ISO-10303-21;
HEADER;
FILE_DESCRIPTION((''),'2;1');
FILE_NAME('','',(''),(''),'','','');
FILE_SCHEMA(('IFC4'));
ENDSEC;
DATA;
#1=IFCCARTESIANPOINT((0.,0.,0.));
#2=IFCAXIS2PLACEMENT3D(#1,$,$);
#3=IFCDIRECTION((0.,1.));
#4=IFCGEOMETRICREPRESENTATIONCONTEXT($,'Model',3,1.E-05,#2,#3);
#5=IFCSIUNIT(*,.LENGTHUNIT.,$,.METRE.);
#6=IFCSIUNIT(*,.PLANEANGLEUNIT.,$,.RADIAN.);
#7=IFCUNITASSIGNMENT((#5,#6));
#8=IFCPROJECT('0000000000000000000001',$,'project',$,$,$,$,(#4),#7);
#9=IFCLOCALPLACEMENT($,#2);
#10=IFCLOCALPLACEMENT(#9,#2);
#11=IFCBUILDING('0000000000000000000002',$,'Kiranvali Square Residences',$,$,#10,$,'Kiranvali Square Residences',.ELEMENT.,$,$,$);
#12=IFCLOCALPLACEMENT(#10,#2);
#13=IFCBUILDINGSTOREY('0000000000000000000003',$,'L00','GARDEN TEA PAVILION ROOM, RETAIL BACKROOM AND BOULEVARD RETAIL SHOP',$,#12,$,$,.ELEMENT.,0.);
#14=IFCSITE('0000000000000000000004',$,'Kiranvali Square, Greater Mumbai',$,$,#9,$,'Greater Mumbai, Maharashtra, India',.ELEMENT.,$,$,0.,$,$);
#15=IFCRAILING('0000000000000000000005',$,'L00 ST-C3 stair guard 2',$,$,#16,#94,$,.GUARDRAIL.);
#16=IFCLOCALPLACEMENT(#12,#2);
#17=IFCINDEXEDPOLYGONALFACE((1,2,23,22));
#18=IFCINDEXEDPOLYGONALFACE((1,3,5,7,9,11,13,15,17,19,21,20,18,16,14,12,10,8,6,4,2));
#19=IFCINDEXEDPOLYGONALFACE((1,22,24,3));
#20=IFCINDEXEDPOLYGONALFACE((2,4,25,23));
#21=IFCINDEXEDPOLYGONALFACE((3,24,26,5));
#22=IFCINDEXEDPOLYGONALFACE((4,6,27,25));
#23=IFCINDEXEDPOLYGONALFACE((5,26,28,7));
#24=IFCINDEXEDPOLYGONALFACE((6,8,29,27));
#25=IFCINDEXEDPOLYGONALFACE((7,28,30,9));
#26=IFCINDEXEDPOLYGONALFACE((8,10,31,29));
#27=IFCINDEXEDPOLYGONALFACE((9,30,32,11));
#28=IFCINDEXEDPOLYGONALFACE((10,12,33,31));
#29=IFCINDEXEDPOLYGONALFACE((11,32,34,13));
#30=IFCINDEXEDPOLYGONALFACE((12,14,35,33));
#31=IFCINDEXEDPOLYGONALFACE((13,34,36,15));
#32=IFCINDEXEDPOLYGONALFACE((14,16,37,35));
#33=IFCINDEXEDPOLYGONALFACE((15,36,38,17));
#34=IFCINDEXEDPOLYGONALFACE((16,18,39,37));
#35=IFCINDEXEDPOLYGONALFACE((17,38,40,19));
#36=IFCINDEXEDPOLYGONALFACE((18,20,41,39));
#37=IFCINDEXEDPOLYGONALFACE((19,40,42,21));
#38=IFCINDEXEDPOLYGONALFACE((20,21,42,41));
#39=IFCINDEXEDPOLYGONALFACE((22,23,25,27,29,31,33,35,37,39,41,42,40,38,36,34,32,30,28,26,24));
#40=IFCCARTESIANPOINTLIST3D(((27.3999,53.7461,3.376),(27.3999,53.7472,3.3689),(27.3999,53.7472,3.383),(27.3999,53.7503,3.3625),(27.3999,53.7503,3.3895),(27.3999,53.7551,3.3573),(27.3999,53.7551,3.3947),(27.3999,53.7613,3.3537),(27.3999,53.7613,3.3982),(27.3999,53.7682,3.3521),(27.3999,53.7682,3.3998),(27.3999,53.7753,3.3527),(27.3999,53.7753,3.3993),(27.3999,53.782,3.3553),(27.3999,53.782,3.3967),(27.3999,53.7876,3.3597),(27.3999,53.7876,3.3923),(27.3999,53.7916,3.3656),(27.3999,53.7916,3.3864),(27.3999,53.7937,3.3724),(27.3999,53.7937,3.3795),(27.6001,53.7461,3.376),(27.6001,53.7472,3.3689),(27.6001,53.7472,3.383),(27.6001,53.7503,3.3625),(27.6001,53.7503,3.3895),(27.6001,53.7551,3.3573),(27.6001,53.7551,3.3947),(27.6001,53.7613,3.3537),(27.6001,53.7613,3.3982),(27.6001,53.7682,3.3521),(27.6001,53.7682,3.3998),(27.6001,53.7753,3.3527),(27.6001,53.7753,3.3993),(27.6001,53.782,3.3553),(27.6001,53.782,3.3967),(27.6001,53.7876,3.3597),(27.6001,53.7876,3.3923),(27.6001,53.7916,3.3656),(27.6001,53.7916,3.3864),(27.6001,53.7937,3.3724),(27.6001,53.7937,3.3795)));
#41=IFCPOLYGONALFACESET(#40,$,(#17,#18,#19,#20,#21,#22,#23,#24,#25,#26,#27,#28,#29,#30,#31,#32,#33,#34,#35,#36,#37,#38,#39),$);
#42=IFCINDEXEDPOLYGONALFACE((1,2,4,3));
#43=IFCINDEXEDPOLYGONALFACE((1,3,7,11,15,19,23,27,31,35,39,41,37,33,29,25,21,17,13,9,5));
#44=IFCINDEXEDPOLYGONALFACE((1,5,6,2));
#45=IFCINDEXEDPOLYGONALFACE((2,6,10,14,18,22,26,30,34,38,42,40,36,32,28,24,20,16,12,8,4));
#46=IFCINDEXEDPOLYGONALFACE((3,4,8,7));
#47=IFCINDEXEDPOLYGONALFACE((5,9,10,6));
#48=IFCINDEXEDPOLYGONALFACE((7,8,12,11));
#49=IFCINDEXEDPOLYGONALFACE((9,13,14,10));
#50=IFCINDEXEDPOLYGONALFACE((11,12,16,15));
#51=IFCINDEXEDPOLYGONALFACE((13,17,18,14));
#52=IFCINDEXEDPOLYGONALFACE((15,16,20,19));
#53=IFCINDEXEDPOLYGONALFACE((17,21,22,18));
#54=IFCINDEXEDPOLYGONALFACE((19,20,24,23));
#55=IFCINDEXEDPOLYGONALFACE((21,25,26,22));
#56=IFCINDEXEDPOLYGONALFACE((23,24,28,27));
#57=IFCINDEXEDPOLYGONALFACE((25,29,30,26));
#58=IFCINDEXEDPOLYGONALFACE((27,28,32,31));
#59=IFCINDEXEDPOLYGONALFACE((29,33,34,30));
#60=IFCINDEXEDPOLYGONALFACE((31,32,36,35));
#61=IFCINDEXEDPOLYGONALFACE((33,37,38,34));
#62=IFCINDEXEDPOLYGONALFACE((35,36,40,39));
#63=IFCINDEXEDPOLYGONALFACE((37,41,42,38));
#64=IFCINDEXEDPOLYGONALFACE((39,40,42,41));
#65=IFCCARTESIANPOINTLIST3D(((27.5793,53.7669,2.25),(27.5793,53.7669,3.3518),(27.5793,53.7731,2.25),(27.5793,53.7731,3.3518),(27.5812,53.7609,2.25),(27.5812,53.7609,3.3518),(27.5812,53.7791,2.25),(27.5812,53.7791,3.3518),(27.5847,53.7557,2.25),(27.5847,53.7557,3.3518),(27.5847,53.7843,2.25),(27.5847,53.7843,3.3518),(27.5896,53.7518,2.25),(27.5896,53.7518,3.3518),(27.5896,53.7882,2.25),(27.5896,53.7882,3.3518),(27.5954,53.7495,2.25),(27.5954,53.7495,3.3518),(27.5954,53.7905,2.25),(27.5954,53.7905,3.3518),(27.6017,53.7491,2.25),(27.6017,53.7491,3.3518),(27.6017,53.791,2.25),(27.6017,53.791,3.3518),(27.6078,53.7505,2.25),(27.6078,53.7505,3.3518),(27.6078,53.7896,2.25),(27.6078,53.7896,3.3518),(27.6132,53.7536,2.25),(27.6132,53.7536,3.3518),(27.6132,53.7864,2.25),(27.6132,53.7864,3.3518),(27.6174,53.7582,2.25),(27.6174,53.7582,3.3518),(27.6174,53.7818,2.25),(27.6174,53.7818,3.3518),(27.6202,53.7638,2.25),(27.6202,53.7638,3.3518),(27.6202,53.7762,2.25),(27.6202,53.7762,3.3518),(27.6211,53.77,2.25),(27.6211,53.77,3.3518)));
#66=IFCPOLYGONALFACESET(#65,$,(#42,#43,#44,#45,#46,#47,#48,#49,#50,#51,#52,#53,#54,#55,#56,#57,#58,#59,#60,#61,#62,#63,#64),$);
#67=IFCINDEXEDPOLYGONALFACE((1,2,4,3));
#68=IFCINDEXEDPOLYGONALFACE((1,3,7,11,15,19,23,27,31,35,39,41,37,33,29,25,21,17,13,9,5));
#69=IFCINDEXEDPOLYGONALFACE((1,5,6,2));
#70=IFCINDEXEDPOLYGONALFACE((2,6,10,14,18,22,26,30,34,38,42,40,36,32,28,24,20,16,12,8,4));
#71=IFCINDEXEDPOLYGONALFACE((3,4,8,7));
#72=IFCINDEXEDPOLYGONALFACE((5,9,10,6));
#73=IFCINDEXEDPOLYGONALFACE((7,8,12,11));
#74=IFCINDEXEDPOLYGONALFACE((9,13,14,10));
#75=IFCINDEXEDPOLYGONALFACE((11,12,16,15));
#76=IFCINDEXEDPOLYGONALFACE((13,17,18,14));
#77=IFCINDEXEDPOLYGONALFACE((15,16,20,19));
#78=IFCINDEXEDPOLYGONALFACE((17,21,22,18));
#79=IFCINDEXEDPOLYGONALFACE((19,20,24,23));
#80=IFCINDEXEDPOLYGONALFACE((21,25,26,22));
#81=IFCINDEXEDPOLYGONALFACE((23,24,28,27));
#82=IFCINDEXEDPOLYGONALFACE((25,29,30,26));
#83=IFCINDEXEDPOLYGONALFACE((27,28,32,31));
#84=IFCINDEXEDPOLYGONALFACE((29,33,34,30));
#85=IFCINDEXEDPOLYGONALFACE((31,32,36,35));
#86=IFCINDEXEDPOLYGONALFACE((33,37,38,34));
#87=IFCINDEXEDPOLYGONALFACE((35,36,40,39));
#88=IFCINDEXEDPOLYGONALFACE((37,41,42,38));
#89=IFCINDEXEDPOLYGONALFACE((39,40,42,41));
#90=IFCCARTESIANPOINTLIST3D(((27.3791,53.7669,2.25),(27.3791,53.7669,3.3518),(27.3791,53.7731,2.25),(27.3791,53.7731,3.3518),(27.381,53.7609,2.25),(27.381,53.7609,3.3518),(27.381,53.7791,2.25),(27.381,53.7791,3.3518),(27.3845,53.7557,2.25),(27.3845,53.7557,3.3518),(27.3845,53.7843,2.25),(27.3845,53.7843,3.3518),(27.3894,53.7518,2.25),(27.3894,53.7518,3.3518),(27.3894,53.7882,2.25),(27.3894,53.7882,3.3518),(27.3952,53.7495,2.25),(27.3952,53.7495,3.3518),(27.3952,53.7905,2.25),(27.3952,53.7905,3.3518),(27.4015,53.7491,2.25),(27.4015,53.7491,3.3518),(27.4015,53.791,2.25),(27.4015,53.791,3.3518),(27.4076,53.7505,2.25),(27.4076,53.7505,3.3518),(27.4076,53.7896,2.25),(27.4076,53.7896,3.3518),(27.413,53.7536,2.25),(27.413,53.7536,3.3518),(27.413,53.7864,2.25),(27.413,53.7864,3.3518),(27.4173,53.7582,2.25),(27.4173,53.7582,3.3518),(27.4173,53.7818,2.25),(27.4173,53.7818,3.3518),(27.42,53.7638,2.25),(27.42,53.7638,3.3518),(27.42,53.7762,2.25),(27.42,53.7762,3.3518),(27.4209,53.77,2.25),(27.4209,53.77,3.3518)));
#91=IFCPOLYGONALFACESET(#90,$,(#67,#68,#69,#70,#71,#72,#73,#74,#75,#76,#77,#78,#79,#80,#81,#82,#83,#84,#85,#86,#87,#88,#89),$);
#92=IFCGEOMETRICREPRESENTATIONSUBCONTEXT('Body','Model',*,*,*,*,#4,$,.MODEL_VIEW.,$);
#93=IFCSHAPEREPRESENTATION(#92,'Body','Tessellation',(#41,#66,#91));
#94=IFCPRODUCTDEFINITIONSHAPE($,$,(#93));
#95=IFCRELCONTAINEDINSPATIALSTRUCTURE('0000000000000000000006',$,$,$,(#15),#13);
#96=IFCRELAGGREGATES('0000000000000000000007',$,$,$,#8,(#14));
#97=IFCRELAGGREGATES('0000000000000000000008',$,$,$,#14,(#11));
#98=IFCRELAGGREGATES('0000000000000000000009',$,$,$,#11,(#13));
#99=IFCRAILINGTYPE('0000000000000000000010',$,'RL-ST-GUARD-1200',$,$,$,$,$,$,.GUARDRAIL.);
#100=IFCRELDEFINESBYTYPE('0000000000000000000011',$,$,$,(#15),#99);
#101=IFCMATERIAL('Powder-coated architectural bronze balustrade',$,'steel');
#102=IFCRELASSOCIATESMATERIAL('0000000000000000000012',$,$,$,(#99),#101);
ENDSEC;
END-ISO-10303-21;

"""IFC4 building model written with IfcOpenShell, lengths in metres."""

from ifc_helpers import new_model, si_unit, direction, frame, origin, origin_2d, place, context, subcontext, project, spatial, circle, extrude, material, type_object, element, save


model = new_model("IFC4")

# Units and contexts
model_context = context("Model", 3, precision=1e-05, world=origin(), true_north=direction((0.0, 1.0)))
body_context = subcontext(model_context, "Body", "Model", "MODEL_VIEW")
ifc_project = project(units=[si_unit("LENGTHUNIT", "METRE"), si_unit("PLANEANGLEUNIT", "RADIAN")], contexts=[model_context])

# Site, building, storey
site_placement = place(None, origin())
site = spatial("IfcSite", under=ifc_project, at=site_placement, Name="Kiranvali Square, Greater Mumbai", LongName="Greater Mumbai, Maharashtra, India", CompositionType="ELEMENT", RefElevation=0.0)
building_placement = place(site_placement, origin())
building = spatial("IfcBuilding", under=site, at=building_placement, Name="Kiranvali Square Residences", LongName="Kiranvali Square Residences", CompositionType="ELEMENT")
storey_placement = place(building_placement, origin())
storey = spatial("IfcBuildingStorey", under=building, at=storey_placement, Name="L00", Description="GARDEN TEA PAVILION ROOM, RETAIL BACKROOM AND BOULEVARD RETAIL SHOP", CompositionType="ELEMENT", Elevation=0.0)

# Railing
ifc_material_1 = material(Name="Powder-coated architectural bronze balustrade", Category="steel")
railing_type_1 = type_object("IfcRailingType", Name="RL-ST-GUARD-1200", PredefinedType="GUARDRAIL", material=ifc_material_1)
railing_1_placement = place(storey_placement, frame((27.6001, 53.77, 2.25)))
element("IfcRailing", 1, at=railing_1_placement, inside=storey, type_object=railing_type_1, Name="L00 ST-C3 stair guard 2", PredefinedType="GUARDRAIL", context=body_context, shape_type="SweptSolid", body=[
    extrude(circle(Radius=0.0239, at=origin_2d()), frame((0.0, 0.0, 1.126), z_axis=(-1.0, 0.0, 0.0), x_axis=(0.0, -1.0, 0.0)), (0.0, 0.0, 1.0), 0.2002),
    extrude(circle(Radius=0.021, at=origin_2d()), origin(), (0.0, 0.0, 1.0), 1.1018),
    extrude(circle(Radius=0.021, at=origin_2d()), frame((-0.2002, 0.0, 0.0)), (0.0, 0.0, 1.0), 1.1018),
])

save(model, "model.ifc")
